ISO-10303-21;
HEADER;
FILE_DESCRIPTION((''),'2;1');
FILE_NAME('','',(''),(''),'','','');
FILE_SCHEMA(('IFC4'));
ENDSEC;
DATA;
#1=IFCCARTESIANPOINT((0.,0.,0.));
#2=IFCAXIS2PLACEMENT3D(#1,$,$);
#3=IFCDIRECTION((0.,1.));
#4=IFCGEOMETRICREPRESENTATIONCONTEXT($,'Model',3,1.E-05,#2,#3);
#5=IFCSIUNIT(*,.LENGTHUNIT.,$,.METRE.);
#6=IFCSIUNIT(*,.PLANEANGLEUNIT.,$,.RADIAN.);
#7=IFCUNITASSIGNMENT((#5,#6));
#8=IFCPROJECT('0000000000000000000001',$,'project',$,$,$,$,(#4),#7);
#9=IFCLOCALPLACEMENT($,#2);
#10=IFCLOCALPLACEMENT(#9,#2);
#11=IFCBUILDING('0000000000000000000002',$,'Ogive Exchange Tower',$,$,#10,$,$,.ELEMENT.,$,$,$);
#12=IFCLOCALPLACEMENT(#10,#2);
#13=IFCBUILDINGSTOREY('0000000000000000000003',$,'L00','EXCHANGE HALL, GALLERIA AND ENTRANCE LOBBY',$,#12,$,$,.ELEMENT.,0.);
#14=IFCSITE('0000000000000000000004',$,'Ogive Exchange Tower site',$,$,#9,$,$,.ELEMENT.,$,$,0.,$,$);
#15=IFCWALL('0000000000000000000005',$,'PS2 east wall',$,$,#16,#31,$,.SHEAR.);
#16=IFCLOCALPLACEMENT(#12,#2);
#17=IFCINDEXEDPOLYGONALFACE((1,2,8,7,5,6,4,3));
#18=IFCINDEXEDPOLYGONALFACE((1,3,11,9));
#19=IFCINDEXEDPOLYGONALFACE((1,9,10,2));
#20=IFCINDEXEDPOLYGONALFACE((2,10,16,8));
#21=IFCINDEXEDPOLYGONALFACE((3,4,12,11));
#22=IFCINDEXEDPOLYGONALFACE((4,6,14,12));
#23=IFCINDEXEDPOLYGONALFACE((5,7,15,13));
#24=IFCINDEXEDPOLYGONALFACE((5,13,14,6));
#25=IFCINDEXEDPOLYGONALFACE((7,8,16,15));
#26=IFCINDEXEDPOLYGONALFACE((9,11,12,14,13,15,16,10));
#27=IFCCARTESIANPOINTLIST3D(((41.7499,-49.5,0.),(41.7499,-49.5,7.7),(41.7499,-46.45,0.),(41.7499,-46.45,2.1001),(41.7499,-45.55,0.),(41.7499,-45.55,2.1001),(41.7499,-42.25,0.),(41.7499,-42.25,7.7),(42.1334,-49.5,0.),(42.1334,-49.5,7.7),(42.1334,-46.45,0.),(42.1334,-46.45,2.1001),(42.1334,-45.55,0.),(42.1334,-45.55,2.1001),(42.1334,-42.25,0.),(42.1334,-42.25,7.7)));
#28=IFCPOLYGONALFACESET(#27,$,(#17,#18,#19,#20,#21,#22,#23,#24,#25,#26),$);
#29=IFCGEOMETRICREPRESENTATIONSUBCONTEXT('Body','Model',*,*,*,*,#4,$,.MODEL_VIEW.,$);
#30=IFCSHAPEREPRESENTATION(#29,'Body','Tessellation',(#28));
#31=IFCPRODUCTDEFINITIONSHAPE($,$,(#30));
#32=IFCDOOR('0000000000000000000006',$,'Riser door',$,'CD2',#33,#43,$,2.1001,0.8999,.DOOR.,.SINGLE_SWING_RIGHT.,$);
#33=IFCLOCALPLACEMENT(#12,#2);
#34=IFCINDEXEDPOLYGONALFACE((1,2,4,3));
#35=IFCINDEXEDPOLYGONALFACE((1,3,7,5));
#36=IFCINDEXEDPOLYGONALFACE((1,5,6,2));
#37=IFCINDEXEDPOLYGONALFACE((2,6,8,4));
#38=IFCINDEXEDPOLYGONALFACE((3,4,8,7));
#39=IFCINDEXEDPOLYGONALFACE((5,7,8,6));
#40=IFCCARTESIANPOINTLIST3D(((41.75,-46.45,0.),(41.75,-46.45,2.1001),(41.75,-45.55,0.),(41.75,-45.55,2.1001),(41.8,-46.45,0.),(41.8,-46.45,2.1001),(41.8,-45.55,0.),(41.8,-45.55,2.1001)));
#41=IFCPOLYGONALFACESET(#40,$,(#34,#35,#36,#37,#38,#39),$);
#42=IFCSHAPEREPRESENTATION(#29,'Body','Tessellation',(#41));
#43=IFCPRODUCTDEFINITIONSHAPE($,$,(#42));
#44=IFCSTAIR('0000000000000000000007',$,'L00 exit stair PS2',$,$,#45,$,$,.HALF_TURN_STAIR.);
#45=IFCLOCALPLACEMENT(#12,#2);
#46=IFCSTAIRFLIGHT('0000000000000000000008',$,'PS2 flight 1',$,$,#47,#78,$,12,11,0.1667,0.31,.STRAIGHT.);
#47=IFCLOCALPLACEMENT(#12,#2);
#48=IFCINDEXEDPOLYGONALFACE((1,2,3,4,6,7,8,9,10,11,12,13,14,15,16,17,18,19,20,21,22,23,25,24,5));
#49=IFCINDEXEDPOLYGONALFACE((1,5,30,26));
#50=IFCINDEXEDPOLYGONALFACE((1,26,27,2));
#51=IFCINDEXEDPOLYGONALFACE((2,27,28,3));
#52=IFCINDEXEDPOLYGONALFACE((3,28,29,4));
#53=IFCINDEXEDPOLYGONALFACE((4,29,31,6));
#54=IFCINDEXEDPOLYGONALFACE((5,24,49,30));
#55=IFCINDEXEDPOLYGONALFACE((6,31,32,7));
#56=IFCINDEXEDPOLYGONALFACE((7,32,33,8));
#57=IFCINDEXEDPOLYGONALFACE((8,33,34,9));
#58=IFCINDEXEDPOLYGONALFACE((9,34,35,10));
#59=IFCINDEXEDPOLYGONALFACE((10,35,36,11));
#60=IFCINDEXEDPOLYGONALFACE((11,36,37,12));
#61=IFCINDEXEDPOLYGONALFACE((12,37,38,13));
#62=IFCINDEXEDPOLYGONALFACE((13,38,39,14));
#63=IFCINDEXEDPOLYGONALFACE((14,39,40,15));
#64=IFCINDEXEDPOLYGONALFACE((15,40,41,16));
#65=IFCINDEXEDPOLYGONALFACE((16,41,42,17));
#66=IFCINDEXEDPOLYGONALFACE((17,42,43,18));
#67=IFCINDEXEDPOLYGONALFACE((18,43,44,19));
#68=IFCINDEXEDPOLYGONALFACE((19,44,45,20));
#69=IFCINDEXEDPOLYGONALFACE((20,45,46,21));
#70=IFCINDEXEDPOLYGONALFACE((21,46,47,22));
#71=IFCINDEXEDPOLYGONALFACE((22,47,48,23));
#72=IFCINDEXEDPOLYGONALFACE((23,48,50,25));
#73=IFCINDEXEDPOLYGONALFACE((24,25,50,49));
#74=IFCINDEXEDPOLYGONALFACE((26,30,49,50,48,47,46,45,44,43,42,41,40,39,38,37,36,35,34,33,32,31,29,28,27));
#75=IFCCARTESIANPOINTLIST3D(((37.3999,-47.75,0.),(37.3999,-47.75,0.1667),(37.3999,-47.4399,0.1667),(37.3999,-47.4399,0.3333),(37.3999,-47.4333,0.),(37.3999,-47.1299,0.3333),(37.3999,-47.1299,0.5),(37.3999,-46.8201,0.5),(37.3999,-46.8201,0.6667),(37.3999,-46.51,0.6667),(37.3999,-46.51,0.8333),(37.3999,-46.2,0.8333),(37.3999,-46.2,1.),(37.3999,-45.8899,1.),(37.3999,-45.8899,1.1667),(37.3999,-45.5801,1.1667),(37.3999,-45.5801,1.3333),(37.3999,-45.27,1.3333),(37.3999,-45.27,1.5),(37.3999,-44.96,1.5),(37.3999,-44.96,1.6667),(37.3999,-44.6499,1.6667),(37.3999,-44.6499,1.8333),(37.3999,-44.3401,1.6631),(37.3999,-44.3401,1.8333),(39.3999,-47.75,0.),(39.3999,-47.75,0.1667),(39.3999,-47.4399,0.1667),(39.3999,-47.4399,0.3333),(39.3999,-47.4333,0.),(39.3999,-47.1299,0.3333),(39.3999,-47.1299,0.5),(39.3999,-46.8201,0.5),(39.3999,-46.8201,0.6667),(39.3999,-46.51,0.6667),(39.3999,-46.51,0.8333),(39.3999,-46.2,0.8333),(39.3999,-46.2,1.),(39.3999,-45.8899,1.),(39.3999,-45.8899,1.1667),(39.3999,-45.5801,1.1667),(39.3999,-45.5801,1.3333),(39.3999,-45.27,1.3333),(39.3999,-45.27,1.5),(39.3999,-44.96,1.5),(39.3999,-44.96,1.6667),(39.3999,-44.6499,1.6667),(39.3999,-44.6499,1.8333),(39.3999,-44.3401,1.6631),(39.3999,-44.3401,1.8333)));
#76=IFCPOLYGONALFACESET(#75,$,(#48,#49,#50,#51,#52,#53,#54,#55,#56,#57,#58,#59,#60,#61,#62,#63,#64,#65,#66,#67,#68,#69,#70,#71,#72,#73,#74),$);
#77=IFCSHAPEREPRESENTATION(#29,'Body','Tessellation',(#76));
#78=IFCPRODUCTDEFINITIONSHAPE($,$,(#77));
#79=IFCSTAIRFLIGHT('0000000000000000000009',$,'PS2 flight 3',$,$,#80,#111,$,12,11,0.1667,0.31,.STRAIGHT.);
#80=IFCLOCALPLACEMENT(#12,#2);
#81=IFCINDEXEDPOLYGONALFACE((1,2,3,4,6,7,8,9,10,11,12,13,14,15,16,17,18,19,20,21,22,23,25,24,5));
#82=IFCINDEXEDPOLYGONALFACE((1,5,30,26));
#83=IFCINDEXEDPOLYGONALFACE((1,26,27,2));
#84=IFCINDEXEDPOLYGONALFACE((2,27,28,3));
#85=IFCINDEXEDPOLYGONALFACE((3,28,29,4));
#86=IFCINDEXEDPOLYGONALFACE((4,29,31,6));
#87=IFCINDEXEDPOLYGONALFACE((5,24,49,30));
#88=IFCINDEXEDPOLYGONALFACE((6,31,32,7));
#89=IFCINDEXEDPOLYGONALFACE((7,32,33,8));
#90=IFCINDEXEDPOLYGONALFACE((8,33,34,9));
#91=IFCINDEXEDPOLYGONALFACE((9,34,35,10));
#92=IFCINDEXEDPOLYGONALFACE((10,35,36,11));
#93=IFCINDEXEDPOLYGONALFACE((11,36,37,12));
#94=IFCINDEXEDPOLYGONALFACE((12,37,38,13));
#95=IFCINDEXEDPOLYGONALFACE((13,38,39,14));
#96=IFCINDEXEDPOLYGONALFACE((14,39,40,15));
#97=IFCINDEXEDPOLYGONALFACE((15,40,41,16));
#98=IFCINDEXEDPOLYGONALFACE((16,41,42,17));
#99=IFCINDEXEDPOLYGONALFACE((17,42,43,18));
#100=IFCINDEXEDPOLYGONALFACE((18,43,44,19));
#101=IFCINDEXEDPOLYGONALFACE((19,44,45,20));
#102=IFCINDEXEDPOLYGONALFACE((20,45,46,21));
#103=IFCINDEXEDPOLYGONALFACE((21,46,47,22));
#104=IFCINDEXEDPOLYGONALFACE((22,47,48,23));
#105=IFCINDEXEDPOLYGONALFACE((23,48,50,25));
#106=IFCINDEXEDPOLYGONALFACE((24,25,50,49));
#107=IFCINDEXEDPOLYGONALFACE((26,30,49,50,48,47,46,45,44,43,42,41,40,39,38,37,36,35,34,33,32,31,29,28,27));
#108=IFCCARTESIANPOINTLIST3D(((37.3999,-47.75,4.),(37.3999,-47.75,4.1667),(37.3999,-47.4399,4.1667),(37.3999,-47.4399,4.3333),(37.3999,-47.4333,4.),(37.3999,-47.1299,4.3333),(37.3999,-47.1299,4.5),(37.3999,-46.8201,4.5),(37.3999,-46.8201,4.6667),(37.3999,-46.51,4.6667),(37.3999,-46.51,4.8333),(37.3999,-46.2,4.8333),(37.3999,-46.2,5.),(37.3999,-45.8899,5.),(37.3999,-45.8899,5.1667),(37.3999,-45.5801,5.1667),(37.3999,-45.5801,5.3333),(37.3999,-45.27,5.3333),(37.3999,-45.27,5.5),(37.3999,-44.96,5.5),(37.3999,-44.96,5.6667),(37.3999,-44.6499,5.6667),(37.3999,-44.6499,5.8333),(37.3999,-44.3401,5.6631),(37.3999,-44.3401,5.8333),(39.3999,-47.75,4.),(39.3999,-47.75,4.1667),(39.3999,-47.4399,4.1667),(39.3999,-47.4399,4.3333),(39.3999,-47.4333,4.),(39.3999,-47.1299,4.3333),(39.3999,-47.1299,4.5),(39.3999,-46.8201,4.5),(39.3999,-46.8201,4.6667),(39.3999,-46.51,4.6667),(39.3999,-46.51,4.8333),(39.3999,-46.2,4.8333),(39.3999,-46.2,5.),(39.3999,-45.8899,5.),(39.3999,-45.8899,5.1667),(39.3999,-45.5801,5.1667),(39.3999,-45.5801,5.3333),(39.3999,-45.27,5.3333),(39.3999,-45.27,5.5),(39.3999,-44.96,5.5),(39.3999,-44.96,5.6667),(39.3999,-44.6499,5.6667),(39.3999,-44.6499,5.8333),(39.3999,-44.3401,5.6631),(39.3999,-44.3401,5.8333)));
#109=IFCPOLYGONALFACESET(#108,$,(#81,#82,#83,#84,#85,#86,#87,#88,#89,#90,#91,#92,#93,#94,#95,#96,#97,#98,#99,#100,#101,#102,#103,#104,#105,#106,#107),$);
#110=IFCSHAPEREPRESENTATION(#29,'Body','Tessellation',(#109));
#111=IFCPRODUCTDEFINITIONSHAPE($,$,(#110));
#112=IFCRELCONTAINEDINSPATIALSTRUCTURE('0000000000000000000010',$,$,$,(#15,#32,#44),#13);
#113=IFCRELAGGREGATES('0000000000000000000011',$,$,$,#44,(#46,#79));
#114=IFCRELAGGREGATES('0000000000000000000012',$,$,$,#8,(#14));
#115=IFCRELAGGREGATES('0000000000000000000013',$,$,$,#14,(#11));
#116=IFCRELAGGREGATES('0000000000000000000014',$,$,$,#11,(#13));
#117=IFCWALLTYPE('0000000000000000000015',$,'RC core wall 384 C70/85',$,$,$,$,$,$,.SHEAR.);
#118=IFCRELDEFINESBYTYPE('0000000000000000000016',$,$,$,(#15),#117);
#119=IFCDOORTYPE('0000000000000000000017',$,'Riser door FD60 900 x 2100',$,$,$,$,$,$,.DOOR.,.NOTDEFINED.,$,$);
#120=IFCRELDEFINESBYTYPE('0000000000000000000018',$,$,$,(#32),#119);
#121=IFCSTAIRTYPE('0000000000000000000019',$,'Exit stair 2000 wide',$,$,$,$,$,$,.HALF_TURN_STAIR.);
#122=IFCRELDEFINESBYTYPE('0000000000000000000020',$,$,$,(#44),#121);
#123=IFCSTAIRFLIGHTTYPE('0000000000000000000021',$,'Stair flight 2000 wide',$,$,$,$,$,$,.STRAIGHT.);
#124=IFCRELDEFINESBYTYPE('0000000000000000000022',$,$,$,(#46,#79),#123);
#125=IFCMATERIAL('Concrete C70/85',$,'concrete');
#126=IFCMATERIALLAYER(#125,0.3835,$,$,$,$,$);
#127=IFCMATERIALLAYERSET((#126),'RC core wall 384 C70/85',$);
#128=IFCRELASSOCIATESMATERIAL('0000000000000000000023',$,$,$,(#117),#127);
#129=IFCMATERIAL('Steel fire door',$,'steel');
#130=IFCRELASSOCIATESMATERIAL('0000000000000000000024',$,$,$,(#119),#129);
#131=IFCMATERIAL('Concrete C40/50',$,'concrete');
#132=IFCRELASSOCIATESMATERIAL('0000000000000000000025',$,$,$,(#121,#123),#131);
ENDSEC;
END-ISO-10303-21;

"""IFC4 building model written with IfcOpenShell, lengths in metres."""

from ifc_helpers import new_model, si_unit, direction, frame, frame_2d, origin, place, context, subcontext, project, spatial, polyline, rectangle, outline, extrude, material, layer, layer_set, type_object, element, fill, aggregate, save


model = new_model("IFC4")

# Units and contexts
model_context = context("Model", 3, precision=1e-05, world=origin(), true_north=direction((0.0, 1.0)))
body_context = subcontext(model_context, "Body", "Model", "MODEL_VIEW")
ifc_project = project(units=[si_unit("LENGTHUNIT", "METRE"), si_unit("PLANEANGLEUNIT", "RADIAN")], contexts=[model_context])

# Site, building, storey
site_placement = place(None, origin())
site = spatial("IfcSite", under=ifc_project, at=site_placement, Name="Ogive Exchange Tower site", CompositionType="ELEMENT", RefElevation=0.0)
building_placement = place(site_placement, origin())
building = spatial("IfcBuilding", under=site, at=building_placement, Name="Ogive Exchange Tower", CompositionType="ELEMENT")
storey_placement = place(building_placement, origin())
storey = spatial("IfcBuildingStorey", under=building, at=storey_placement, Name="L00", Description="EXCHANGE HALL, GALLERIA AND ENTRANCE LOBBY", CompositionType="ELEMENT", Elevation=0.0)

# Shared definitions
ifc_material_1 = material(Name="Concrete C70/85", Category="concrete")

# Shared definitions
ifc_material_2 = material(Name="Steel fire door", Category="steel")

# Wall, opening, door
ifc_layer_1 = layer(ifc_material_1, 0.3835)
ifc_layer_set_1 = layer_set([ifc_layer_1], Name="RC core wall 384 C70/85")
wall_type_1 = type_object("IfcWallType", Name="RC core wall 384 C70/85", PredefinedType="SHEAR", material=ifc_layer_set_1)
wall_1_placement = place(storey_placement, frame((41.9417, -49.5, 0.0), z_axis=(0.0, 0.0, 1.0), x_axis=(0.0, 1.0, 0.0)))
wall_1 = element("IfcWall", 1, at=wall_1_placement, inside=storey, type_object=wall_type_1, Name="PS2 east wall", PredefinedType="SHEAR", context=body_context, shape_type="SweptSolid", body=[
    extrude(rectangle(XDim=7.25, YDim=0.3835, at=frame_2d((3.625, 0.0))), origin(), (0.0, 0.0, 1.0), 7.7),
])
opening_1_placement = place(wall_1_placement, frame((3.05, 0.0, 0.0)))
opening_1 = element("IfcOpeningElement", 2, at=opening_1_placement, cuts=wall_1, PredefinedType="OPENING", context=body_context, shape_type="SweptSolid", body=[
    extrude(rectangle(XDim=0.8999, YDim=2.1001, at=frame_2d((0.45, 1.05))), frame((0.0, 0.2017, 0.0), z_axis=(0.0, -1.0, 0.0), x_axis=(1.0, 0.0, 0.0)), (0.0, 0.0, 1.0), 0.4036),
])
door_type_1 = type_object("IfcDoorType", Name="Riser door FD60 900 x 2100", OperationType="NOTDEFINED", PredefinedType="DOOR", material=ifc_material_2)
door_1_placement = place(opening_1_placement, frame((0.8999, 0.3335, 0.0), z_axis=(0.0, 0.0, 1.0), x_axis=(-1.0, 0.0, 0.0)))
door_1 = element("IfcDoor", 3, at=door_1_placement, inside=storey, type_object=door_type_1, Name="Riser door", ObjectType="CD2", OperationType="SINGLE_SWING_RIGHT", OverallHeight=2.1001, OverallWidth=0.8999, PredefinedType="DOOR", context=body_context, shape_type="SweptSolid", body=[
    extrude(rectangle(XDim=0.8999, YDim=2.1001, at=frame_2d((0.45, 1.05))), frame((0.0, 0.1919, 0.0), z_axis=(0.0, -1.0, 0.0), x_axis=(1.0, 0.0, 0.0)), (0.0, 0.0, 1.0), 0.05),
])
fill(opening_1, door_1)

# Stair, stair flights
ifc_material_3 = material(Name="Concrete C40/50", Category="concrete")
stair_type = type_object("IfcStairType", Name="Exit stair 2000 wide", PredefinedType="HALF_TURN_STAIR", material=ifc_material_3)
stair_placement = place(storey_placement, origin())
stair = element("IfcStair", 4, at=stair_placement, inside=storey, type_object=stair_type, Name="L00 exit stair PS2", PredefinedType="HALF_TURN_STAIR")
stair_flight_type = type_object("IfcStairFlightType", Name="Stair flight 2000 wide", PredefinedType="STRAIGHT", material=ifc_material_3)
stair_flight_1_placement = place(storey_placement, frame((38.3999, -47.75, 0.0), z_axis=(0.0, 0.0, 1.0), x_axis=(0.0, 1.0, 0.0)))
stair_flight_1 = element("IfcStairFlight", 5, at=stair_flight_1_placement, type_object=stair_flight_type, Name="PS2 flight 1", NumberOfRisers=12, NumberOfTreads=11, PredefinedType="STRAIGHT", RiserHeight=0.1667, TreadLength=0.31, context=body_context, shape_type="SweptSolid", body=[
    extrude(outline(polyline([(0.0, 0.0), (0.0, 0.1667), (0.3101, 0.1667), (0.3101, 0.3333), (0.6201, 0.3333), (0.6201, 0.5), (0.9299, 0.5), (0.9299, 0.6667), (1.24, 0.6667), (1.24, 0.8333), (1.55, 0.8333), (1.55, 1.0), (1.8601, 1.0), (1.8601, 1.1667), (2.1699, 1.1667), (2.1699, 1.3333), (2.48, 1.3333), (2.48, 1.5), (2.79, 1.5), (2.79, 1.6667), (3.1001, 1.6667), (3.1001, 1.8333), (3.4099, 1.8333), (3.4099, 2.0), (3.4099, 1.6631), (0.3167, 0.0), (0.0, 0.0)])), frame((0.0, 1.0, 0.0), z_axis=(0.0, -1.0, 0.0), x_axis=(1.0, 0.0, 0.0)), (0.0, 0.0, 1.0), 2.0),
])
stair_flight_2_placement = place(storey_placement, frame((38.3999, -47.75, 4.0), z_axis=(0.0, 0.0, 1.0), x_axis=(0.0, 1.0, 0.0)))
stair_flight_2 = element("IfcStairFlight", 6, at=stair_flight_2_placement, type_object=stair_flight_type, Name="PS2 flight 3", NumberOfRisers=12, NumberOfTreads=11, PredefinedType="STRAIGHT", RiserHeight=0.1667, TreadLength=0.31, context=body_context, shape_type="SweptSolid", body=[
    extrude(outline(polyline([(0.0, 0.0), (0.0, 0.1667), (0.3101, 0.1667), (0.3101, 0.3333), (0.6201, 0.3333), (0.6201, 0.5), (0.9299, 0.5), (0.9299, 0.6667), (1.24, 0.6667), (1.24, 0.8333), (1.55, 0.8333), (1.55, 1.0), (1.8601, 1.0), (1.8601, 1.1667), (2.1699, 1.1667), (2.1699, 1.3333), (2.48, 1.3333), (2.48, 1.5), (2.79, 1.5), (2.79, 1.6667), (3.1001, 1.6667), (3.1001, 1.8333), (3.4099, 1.8333), (3.4099, 2.0), (3.4099, 1.6631), (0.3167, 0.0), (0.0, 0.0)])), frame((0.0, 1.0, 0.0), z_axis=(0.0, -1.0, 0.0), x_axis=(1.0, 0.0, 0.0)), (0.0, 0.0, 1.0), 2.0),
])
aggregate(stair, [stair_flight_1, stair_flight_2])

save(model, "model.ifc")
